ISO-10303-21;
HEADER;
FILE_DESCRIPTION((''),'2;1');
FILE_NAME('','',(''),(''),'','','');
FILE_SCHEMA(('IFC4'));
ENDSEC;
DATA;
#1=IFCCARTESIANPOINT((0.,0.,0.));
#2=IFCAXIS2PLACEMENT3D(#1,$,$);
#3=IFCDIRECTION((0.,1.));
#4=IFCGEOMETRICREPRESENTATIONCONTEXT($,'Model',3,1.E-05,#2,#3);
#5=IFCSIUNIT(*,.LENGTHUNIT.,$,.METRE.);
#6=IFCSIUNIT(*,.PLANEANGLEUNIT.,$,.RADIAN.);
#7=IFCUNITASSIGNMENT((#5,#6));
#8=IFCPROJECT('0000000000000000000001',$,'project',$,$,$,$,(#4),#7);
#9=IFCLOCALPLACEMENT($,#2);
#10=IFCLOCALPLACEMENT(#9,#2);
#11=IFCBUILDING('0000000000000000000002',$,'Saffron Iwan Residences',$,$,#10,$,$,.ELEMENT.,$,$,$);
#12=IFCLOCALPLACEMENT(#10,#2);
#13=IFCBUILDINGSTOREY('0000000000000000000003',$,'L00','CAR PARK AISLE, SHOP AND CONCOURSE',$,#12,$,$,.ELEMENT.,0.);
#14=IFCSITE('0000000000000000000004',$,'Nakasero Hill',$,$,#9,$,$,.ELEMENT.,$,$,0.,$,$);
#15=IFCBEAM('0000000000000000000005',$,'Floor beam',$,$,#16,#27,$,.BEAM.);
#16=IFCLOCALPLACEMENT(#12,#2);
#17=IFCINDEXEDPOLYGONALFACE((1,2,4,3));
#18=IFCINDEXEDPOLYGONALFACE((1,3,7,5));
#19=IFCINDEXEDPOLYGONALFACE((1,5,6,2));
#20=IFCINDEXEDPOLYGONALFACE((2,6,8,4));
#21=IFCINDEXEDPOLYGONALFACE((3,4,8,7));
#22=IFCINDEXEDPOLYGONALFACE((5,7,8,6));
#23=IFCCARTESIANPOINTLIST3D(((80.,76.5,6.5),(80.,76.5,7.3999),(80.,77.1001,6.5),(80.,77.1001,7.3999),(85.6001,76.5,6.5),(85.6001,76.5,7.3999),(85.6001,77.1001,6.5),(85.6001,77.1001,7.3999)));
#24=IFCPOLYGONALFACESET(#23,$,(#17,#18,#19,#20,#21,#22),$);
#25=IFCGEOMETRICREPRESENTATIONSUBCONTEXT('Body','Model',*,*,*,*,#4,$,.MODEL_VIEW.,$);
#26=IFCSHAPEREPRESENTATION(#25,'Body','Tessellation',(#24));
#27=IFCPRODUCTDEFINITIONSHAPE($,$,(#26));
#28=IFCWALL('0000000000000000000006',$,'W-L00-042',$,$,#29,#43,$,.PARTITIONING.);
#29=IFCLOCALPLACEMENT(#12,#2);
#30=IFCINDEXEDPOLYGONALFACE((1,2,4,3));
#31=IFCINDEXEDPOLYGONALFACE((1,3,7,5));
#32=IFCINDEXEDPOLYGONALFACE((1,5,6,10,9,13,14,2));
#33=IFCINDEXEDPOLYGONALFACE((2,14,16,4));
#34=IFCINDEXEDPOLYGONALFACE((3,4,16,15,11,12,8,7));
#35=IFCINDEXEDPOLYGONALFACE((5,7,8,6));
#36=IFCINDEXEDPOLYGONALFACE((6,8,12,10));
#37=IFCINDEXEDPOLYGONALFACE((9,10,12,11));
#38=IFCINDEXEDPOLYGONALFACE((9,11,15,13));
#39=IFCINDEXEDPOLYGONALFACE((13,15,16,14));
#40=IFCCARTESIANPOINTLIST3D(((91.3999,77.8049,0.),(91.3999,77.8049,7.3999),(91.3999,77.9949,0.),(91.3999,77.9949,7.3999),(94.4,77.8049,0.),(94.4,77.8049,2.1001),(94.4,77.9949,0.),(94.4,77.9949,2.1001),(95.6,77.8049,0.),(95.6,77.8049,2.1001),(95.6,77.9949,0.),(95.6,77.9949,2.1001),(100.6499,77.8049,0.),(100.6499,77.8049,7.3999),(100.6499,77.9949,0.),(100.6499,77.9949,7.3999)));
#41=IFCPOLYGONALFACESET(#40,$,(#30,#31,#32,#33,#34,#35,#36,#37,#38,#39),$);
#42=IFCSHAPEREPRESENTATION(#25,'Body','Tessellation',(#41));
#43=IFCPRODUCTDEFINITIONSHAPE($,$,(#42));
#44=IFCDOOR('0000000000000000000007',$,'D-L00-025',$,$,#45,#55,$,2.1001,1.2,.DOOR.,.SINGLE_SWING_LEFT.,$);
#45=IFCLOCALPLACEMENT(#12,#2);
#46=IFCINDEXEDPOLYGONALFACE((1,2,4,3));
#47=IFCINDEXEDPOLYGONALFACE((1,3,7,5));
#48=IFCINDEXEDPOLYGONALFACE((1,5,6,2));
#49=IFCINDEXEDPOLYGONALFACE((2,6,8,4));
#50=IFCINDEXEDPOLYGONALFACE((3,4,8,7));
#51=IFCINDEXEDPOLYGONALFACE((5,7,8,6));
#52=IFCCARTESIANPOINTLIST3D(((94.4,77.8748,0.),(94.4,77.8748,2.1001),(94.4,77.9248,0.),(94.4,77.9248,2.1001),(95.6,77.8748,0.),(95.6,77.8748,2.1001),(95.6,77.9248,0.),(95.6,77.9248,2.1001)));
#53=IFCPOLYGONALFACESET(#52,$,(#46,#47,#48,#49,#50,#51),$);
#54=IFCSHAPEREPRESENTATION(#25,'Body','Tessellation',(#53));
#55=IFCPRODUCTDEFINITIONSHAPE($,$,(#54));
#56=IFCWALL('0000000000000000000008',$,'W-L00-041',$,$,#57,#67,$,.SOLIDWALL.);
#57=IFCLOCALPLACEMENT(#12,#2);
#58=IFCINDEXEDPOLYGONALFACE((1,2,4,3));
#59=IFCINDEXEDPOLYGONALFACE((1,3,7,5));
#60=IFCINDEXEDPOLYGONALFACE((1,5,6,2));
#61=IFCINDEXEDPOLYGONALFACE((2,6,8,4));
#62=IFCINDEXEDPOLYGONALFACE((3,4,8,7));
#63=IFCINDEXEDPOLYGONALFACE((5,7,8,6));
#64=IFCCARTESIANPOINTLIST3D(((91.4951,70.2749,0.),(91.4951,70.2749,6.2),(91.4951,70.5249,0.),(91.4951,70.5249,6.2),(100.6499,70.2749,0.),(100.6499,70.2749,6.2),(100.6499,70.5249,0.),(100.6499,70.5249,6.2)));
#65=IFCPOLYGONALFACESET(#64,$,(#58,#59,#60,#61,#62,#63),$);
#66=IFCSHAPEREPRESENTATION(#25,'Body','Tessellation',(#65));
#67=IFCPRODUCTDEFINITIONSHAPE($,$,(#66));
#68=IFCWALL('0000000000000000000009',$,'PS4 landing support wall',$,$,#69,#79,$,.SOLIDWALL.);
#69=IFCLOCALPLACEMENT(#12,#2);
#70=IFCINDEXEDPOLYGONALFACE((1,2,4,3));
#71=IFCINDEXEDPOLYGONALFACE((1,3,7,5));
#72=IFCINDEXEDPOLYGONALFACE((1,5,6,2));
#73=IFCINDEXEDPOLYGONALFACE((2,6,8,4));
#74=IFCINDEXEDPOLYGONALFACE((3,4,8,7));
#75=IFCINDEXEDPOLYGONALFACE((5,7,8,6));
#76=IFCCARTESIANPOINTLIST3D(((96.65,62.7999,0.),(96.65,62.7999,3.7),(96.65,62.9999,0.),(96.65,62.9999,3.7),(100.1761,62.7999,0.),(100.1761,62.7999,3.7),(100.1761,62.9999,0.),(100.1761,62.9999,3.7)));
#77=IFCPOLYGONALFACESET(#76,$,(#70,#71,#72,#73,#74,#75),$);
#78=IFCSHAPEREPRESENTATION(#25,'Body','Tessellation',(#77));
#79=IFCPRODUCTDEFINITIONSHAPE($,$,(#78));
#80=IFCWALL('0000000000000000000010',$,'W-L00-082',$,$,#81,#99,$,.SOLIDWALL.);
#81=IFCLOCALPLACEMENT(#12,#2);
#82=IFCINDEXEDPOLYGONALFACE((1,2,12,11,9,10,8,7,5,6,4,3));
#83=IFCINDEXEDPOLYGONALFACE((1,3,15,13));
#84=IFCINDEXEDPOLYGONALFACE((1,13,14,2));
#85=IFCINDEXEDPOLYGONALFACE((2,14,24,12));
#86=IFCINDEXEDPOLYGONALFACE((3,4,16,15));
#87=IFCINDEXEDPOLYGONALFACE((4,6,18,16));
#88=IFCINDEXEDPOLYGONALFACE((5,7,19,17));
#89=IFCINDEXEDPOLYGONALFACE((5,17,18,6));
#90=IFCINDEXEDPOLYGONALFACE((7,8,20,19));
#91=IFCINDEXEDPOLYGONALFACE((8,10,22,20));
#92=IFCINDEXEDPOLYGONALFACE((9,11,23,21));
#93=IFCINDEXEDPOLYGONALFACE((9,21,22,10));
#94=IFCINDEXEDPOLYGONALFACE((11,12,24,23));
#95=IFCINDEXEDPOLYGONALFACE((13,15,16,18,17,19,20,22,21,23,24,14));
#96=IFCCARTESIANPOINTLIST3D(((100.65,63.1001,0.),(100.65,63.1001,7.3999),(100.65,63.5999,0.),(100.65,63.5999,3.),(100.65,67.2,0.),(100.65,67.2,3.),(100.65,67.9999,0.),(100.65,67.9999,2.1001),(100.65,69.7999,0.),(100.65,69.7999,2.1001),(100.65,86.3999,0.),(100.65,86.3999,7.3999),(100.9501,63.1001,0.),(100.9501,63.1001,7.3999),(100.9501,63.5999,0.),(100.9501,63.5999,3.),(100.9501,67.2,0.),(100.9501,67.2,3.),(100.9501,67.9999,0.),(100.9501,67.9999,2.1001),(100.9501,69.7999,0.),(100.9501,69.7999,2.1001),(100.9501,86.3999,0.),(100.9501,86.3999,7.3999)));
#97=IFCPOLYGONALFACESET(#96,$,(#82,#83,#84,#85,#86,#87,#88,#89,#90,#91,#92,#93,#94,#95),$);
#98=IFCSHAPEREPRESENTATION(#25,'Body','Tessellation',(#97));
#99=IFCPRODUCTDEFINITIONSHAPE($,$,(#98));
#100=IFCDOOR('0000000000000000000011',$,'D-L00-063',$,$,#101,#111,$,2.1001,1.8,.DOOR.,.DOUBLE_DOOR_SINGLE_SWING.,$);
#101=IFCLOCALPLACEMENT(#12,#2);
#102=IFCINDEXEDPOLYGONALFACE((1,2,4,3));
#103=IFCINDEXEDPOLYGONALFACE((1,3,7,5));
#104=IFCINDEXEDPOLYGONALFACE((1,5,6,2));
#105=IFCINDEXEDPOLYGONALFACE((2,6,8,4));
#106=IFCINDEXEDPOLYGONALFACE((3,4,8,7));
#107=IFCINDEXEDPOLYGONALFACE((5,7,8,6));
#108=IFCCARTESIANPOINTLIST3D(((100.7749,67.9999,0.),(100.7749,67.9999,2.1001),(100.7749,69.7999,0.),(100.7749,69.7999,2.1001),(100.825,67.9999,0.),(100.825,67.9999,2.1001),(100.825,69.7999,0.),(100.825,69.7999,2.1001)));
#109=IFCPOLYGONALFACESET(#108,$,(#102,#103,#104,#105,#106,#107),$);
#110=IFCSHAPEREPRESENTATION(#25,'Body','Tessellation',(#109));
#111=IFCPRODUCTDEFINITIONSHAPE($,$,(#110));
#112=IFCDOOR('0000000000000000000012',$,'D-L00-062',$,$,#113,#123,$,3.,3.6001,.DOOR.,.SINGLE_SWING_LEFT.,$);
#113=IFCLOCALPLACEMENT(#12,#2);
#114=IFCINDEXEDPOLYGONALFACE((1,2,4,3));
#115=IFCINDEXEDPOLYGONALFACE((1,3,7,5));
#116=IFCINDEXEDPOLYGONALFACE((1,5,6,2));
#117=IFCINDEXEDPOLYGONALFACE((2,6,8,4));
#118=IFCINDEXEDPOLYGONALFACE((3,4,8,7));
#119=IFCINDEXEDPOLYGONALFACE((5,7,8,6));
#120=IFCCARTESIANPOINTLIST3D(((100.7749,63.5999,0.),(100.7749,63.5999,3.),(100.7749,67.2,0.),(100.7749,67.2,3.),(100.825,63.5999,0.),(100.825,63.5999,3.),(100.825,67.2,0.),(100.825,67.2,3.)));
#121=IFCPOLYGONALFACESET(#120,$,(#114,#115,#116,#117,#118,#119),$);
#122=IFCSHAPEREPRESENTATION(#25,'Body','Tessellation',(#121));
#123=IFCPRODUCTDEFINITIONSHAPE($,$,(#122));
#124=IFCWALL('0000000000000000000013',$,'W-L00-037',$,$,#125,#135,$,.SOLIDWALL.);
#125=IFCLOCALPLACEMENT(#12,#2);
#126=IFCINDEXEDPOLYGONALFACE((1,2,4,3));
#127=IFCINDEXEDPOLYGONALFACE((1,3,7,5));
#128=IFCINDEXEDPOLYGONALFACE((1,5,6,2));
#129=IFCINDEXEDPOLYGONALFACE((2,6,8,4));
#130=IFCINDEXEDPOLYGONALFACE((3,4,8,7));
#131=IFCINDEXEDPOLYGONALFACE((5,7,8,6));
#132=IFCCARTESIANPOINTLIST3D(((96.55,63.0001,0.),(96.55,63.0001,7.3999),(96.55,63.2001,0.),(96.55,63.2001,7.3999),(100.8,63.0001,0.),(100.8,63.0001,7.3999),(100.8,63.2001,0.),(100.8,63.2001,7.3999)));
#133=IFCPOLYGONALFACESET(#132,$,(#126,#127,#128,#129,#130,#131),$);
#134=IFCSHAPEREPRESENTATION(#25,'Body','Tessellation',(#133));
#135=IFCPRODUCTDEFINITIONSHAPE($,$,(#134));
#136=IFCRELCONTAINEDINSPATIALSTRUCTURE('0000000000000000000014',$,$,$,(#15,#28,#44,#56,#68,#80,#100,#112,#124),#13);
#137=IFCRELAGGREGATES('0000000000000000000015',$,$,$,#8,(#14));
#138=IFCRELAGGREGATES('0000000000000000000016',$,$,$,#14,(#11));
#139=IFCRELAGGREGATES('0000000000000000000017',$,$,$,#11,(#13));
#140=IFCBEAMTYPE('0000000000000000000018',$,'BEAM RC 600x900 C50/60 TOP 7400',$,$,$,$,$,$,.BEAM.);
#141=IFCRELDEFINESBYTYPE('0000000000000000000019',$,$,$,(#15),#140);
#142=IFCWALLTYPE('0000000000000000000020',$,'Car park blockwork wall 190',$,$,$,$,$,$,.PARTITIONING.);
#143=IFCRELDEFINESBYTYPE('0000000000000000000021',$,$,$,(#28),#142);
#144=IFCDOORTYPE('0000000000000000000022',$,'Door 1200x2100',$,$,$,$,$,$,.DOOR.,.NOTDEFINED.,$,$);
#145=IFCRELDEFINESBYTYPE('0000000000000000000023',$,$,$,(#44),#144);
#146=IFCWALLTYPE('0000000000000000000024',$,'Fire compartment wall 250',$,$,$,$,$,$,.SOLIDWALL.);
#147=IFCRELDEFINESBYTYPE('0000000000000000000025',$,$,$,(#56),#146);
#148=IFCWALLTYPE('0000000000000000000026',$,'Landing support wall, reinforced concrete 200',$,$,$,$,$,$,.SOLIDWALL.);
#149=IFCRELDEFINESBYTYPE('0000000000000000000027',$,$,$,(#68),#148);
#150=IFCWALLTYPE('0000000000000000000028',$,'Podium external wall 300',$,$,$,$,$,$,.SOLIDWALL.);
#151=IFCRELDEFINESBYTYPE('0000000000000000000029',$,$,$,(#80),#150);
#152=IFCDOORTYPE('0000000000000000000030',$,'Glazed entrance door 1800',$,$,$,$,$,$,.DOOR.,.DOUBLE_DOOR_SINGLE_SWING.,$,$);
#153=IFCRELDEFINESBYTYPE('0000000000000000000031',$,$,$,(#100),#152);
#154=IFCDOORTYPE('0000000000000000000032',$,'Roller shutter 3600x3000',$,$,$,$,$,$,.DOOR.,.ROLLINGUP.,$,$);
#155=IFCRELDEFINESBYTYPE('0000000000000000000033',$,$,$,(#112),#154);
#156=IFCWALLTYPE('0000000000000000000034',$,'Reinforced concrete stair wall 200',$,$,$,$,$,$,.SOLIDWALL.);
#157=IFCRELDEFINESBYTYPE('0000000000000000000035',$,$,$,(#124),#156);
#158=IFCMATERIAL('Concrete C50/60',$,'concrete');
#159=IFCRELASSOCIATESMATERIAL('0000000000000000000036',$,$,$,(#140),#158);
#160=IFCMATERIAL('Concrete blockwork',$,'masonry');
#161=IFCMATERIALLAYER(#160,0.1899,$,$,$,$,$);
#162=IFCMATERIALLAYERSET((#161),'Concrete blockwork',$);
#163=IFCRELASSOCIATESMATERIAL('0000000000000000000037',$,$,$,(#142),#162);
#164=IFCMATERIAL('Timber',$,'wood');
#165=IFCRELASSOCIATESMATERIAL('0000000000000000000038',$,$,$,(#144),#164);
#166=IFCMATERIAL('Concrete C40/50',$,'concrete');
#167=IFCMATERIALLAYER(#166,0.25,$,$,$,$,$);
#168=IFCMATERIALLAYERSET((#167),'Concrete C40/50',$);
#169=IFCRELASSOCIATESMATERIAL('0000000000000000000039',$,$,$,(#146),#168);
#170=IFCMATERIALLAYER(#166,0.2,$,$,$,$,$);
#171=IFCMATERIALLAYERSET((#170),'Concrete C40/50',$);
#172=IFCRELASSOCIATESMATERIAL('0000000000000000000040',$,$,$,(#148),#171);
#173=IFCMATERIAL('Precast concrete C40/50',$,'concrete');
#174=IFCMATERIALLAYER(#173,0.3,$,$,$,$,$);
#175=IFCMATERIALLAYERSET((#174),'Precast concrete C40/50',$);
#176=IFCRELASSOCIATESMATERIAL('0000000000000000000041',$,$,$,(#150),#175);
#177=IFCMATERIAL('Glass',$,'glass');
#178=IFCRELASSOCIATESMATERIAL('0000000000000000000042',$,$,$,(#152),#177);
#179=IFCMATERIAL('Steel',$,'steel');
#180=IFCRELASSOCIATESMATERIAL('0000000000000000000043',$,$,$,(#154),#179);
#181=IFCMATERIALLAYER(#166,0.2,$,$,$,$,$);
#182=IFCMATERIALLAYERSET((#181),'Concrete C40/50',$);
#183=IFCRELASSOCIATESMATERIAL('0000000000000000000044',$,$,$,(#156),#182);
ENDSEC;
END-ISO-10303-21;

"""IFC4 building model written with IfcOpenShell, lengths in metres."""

from ifc_helpers import new_model, si_unit, direction, frame, frame_2d, origin, origin_2d, place, context, subcontext, project, spatial, rectangle, extrude, source, transform, mapped, material, layer, layer_set, material_profile, profile_set, type_object, element, fill, save


model = new_model("IFC4")

# Units and contexts
model_context = context("Model", 3, precision=1e-05, world=origin(), true_north=direction((0.0, 1.0)))
body_context = subcontext(model_context, "Body", "Model", "MODEL_VIEW")
ifc_project = project(units=[si_unit("LENGTHUNIT", "METRE"), si_unit("PLANEANGLEUNIT", "RADIAN")], contexts=[model_context])

# Site, building, storey
site_placement = place(None, origin())
site = spatial("IfcSite", under=ifc_project, at=site_placement, Name="Nakasero Hill", CompositionType="ELEMENT", RefElevation=0.0)
building_placement = place(site_placement, origin())
building = spatial("IfcBuilding", under=site, at=building_placement, Name="Saffron Iwan Residences", CompositionType="ELEMENT")
storey_placement = place(building_placement, origin())
storey = spatial("IfcBuildingStorey", under=building, at=storey_placement, Name="L00", Description="CAR PARK AISLE, SHOP AND CONCOURSE", CompositionType="ELEMENT", Elevation=0.0)

# Shared definitions
ifc_material_1 = material(Name="Concrete C50/60", Category="concrete")

# Beam
ifc_material_profile_1 = material_profile(ifc_material_1, rectangle(XDim=0.6001, YDim=0.8999, at=origin_2d()), Name="RC 600x900")
ifc_profile_set_1 = profile_set([ifc_material_profile_1], Name="Concrete C50/60")
beam_type_1 = type_object("IfcBeamType", Name="BEAM RC 600x900 C50/60 TOP 7400", PredefinedType="BEAM", material=ifc_profile_set_1)
shared_shape_1 = source(origin(), body_context, "Body", "SweptSolid", [
    extrude(rectangle(XDim=0.6001, YDim=0.8999, at=origin_2d()), origin(), (0.0, 0.0, 1.0), 5.6001),
])
beam_1_placement = place(storey_placement, frame((80.0, 76.8, 6.95), z_axis=(1.0, 0.0, 0.0), x_axis=(0.0, 1.0, 0.0)))
element("IfcBeam", 1, at=beam_1_placement, inside=storey, type_object=beam_type_1, Name="Floor beam", PredefinedType="BEAM", context=body_context, shape_type="MappedRepresentation", body=[
    mapped(shared_shape_1, transform((0.0, 0.0, 0.0))),
])

# Wall, opening, door
ifc_material_2 = material(Name="Concrete blockwork", Category="masonry")
ifc_layer_1 = layer(ifc_material_2, 0.1899)
ifc_layer_set_1 = layer_set([ifc_layer_1], Name="Concrete blockwork")
wall_type_1 = type_object("IfcWallType", Name="Car park blockwork wall 190", PredefinedType="PARTITIONING", material=ifc_layer_set_1)
wall_1_placement = place(storey_placement, frame((91.3999, 77.8999, 0.0), z_axis=(0.0, 0.0, 1.0), x_axis=(1.0, 0.0, 0.0)))
wall_1 = element("IfcWall", 2, at=wall_1_placement, inside=storey, type_object=wall_type_1, Name="W-L00-042", PredefinedType="PARTITIONING", context=body_context, shape_type="SweptSolid", body=[
    extrude(rectangle(XDim=9.25, YDim=0.1899, at=frame_2d((4.625, 0.0))), origin(), (0.0, 0.0, 1.0), 7.3999),
])
opening_1_placement = place(wall_1_placement, frame((3.0, 0.0, 0.0)))
opening_1 = element("IfcOpeningElement", 3, at=opening_1_placement, cuts=wall_1, PredefinedType="OPENING", context=body_context, shape_type="SweptSolid", body=[
    extrude(rectangle(XDim=1.2, YDim=2.1001, at=frame_2d((0.6001, 1.05))), frame((0.0, 0.105, 0.0), z_axis=(0.0, -1.0, 0.0), x_axis=(1.0, 0.0, 0.0)), (0.0, 0.0, 1.0), 0.21),
])
ifc_material_3 = material(Name="Timber", Category="wood")
door_type_1 = type_object("IfcDoorType", Name="Door 1200x2100", OperationType="NOTDEFINED", PredefinedType="DOOR", material=ifc_material_3)
door_1_placement = place(opening_1_placement, origin())
door_1 = element("IfcDoor", 4, at=door_1_placement, inside=storey, type_object=door_type_1, Name="D-L00-025", OperationType="SINGLE_SWING_LEFT", OverallHeight=2.1001, OverallWidth=1.2, PredefinedType="DOOR", context=body_context, shape_type="SweptSolid", body=[
    extrude(rectangle(XDim=1.2, YDim=2.1001, at=frame_2d((0.6001, 1.05))), frame((0.0, 0.0249, 0.0), z_axis=(0.0, -1.0, 0.0), x_axis=(1.0, 0.0, 0.0)), (0.0, 0.0, 1.0), 0.05),
])
fill(opening_1, door_1)

# Walls
ifc_material_4 = material(Name="Concrete C40/50", Category="concrete")
ifc_layer_2 = layer(ifc_material_4, 0.25)
ifc_layer_set_2 = layer_set([ifc_layer_2], Name="Concrete C40/50")
wall_type_2 = type_object("IfcWallType", Name="Fire compartment wall 250", PredefinedType="SOLIDWALL", material=ifc_layer_set_2)
wall_2_placement = place(storey_placement, frame((91.4951, 70.3999, 0.0), z_axis=(0.0, 0.0, 1.0), x_axis=(1.0, 0.0, 0.0)))
element("IfcWall", 5, at=wall_2_placement, inside=storey, type_object=wall_type_2, Name="W-L00-041", PredefinedType="SOLIDWALL", context=body_context, shape_type="SweptSolid", body=[
    extrude(rectangle(XDim=9.1548, YDim=0.25, at=frame_2d((4.5774, 0.0))), origin(), (0.0, 0.0, 1.0), 6.2),
])
ifc_layer_3 = layer(ifc_material_4, 0.2)
ifc_layer_set_3 = layer_set([ifc_layer_3], Name="Concrete C40/50")
wall_type_3 = type_object("IfcWallType", Name="Landing support wall, reinforced concrete 200", PredefinedType="SOLIDWALL", material=ifc_layer_set_3)
wall_3_placement = place(storey_placement, frame((96.6499, 62.8999, 0.0), z_axis=(0.0, 0.0, 1.0), x_axis=(1.0, 0.0, 0.0)))
element("IfcWall", 6, at=wall_3_placement, inside=storey, type_object=wall_type_3, Name="PS4 landing support wall", PredefinedType="SOLIDWALL", context=body_context, shape_type="SweptSolid", body=[
    extrude(rectangle(XDim=3.5261, YDim=0.2, at=frame_2d((1.7632, 0.0))), origin(), (0.0, 0.0, 1.0), 3.7),
])

# Wall, openings, doors
ifc_material_5 = material(Name="Precast concrete C40/50", Category="concrete")
ifc_layer_4 = layer(ifc_material_5, 0.3)
ifc_layer_set_4 = layer_set([ifc_layer_4], Name="Precast concrete C40/50")
wall_type_4 = type_object("IfcWallType", Name="Podium external wall 300", PredefinedType="SOLIDWALL", material=ifc_layer_set_4)
wall_4_placement = place(storey_placement, frame((100.8, 86.3999, 0.0), z_axis=(0.0, 0.0, 1.0), x_axis=(0.0, -1.0, 0.0)))
wall_4 = element("IfcWall", 7, at=wall_4_placement, inside=storey, type_object=wall_type_4, Name="W-L00-082", PredefinedType="SOLIDWALL", context=body_context, shape_type="SweptSolid", body=[
    extrude(rectangle(XDim=23.2998, YDim=0.3, at=frame_2d((11.6499, 0.0))), origin(), (0.0, 0.0, 1.0), 7.3999),
])
opening_2_placement = place(wall_4_placement, frame((19.2, 0.0, 0.0)))
opening_2 = element("IfcOpeningElement", 8, at=opening_2_placement, cuts=wall_4, PredefinedType="OPENING", context=body_context, shape_type="SweptSolid", body=[
    extrude(rectangle(XDim=3.6001, YDim=3.0, at=frame_2d((1.8, 1.5))), frame((0.0, 0.1602, 0.0), z_axis=(0.0, -1.0, 0.0), x_axis=(1.0, 0.0, 0.0)), (0.0, 0.0, 1.0), 0.3201),
])
opening_3_placement = place(wall_4_placement, frame((16.6001, 0.0, 0.0)))
opening_3 = element("IfcOpeningElement", 9, at=opening_3_placement, cuts=wall_4, PredefinedType="OPENING", context=body_context, shape_type="SweptSolid", body=[
    extrude(rectangle(XDim=1.8, YDim=2.1001, at=frame_2d((0.8999, 1.05))), frame((0.0, 0.1602, 0.0), z_axis=(0.0, -1.0, 0.0), x_axis=(1.0, 0.0, 0.0)), (0.0, 0.0, 1.0), 0.3201),
])
ifc_material_6 = material(Name="Glass", Category="glass")
door_type_2 = type_object("IfcDoorType", Name="Glazed entrance door 1800", OperationType="DOUBLE_DOOR_SINGLE_SWING", PredefinedType="DOOR", material=ifc_material_6)
door_2_placement = place(opening_3_placement, origin())
door_2 = element("IfcDoor", 10, at=door_2_placement, inside=storey, type_object=door_type_2, Name="D-L00-063", OperationType="DOUBLE_DOOR_SINGLE_SWING", OverallHeight=2.1001, OverallWidth=1.8, PredefinedType="DOOR", context=body_context, shape_type="SweptSolid", body=[
    extrude(rectangle(XDim=1.8, YDim=2.1001, at=frame_2d((0.8999, 1.05))), frame((0.0, 0.0249, 0.0), z_axis=(0.0, -1.0, 0.0), x_axis=(1.0, 0.0, 0.0)), (0.0, 0.0, 1.0), 0.05),
])
fill(opening_3, door_2)
ifc_material_7 = material(Name="Steel", Category="steel")
door_type_3 = type_object("IfcDoorType", Name="Roller shutter 3600x3000", OperationType="ROLLINGUP", PredefinedType="DOOR", material=ifc_material_7)
door_3_placement = place(opening_2_placement, origin())
door_3 = element("IfcDoor", 11, at=door_3_placement, inside=storey, type_object=door_type_3, Name="D-L00-062", OperationType="SINGLE_SWING_LEFT", OverallHeight=3.0, OverallWidth=3.6001, PredefinedType="DOOR", context=body_context, shape_type="SweptSolid", body=[
    extrude(rectangle(XDim=3.6001, YDim=3.0, at=frame_2d((1.8, 1.5))), frame((0.0, 0.0249, 0.0), z_axis=(0.0, -1.0, 0.0), x_axis=(1.0, 0.0, 0.0)), (0.0, 0.0, 1.0), 0.05),
])
fill(opening_2, door_3)

# Wall
ifc_layer_5 = layer(ifc_material_4, 0.2)
ifc_layer_set_5 = layer_set([ifc_layer_5], Name="Concrete C40/50")
wall_type_5 = type_object("IfcWallType", Name="Reinforced concrete stair wall 200", PredefinedType="SOLIDWALL", material=ifc_layer_set_5)
wall_5_placement = place(storey_placement, frame((96.55, 63.1001, 0.0), z_axis=(0.0, 0.0, 1.0), x_axis=(1.0, 0.0, 0.0)))
element("IfcWall", 12, at=wall_5_placement, inside=storey, type_object=wall_type_5, Name="W-L00-037", PredefinedType="SOLIDWALL", context=body_context, shape_type="SweptSolid", body=[
    extrude(rectangle(XDim=4.25, YDim=0.2, at=frame_2d((2.125, 0.0))), origin(), (0.0, 0.0, 1.0), 7.3999),
])

save(model, "model.ifc")
